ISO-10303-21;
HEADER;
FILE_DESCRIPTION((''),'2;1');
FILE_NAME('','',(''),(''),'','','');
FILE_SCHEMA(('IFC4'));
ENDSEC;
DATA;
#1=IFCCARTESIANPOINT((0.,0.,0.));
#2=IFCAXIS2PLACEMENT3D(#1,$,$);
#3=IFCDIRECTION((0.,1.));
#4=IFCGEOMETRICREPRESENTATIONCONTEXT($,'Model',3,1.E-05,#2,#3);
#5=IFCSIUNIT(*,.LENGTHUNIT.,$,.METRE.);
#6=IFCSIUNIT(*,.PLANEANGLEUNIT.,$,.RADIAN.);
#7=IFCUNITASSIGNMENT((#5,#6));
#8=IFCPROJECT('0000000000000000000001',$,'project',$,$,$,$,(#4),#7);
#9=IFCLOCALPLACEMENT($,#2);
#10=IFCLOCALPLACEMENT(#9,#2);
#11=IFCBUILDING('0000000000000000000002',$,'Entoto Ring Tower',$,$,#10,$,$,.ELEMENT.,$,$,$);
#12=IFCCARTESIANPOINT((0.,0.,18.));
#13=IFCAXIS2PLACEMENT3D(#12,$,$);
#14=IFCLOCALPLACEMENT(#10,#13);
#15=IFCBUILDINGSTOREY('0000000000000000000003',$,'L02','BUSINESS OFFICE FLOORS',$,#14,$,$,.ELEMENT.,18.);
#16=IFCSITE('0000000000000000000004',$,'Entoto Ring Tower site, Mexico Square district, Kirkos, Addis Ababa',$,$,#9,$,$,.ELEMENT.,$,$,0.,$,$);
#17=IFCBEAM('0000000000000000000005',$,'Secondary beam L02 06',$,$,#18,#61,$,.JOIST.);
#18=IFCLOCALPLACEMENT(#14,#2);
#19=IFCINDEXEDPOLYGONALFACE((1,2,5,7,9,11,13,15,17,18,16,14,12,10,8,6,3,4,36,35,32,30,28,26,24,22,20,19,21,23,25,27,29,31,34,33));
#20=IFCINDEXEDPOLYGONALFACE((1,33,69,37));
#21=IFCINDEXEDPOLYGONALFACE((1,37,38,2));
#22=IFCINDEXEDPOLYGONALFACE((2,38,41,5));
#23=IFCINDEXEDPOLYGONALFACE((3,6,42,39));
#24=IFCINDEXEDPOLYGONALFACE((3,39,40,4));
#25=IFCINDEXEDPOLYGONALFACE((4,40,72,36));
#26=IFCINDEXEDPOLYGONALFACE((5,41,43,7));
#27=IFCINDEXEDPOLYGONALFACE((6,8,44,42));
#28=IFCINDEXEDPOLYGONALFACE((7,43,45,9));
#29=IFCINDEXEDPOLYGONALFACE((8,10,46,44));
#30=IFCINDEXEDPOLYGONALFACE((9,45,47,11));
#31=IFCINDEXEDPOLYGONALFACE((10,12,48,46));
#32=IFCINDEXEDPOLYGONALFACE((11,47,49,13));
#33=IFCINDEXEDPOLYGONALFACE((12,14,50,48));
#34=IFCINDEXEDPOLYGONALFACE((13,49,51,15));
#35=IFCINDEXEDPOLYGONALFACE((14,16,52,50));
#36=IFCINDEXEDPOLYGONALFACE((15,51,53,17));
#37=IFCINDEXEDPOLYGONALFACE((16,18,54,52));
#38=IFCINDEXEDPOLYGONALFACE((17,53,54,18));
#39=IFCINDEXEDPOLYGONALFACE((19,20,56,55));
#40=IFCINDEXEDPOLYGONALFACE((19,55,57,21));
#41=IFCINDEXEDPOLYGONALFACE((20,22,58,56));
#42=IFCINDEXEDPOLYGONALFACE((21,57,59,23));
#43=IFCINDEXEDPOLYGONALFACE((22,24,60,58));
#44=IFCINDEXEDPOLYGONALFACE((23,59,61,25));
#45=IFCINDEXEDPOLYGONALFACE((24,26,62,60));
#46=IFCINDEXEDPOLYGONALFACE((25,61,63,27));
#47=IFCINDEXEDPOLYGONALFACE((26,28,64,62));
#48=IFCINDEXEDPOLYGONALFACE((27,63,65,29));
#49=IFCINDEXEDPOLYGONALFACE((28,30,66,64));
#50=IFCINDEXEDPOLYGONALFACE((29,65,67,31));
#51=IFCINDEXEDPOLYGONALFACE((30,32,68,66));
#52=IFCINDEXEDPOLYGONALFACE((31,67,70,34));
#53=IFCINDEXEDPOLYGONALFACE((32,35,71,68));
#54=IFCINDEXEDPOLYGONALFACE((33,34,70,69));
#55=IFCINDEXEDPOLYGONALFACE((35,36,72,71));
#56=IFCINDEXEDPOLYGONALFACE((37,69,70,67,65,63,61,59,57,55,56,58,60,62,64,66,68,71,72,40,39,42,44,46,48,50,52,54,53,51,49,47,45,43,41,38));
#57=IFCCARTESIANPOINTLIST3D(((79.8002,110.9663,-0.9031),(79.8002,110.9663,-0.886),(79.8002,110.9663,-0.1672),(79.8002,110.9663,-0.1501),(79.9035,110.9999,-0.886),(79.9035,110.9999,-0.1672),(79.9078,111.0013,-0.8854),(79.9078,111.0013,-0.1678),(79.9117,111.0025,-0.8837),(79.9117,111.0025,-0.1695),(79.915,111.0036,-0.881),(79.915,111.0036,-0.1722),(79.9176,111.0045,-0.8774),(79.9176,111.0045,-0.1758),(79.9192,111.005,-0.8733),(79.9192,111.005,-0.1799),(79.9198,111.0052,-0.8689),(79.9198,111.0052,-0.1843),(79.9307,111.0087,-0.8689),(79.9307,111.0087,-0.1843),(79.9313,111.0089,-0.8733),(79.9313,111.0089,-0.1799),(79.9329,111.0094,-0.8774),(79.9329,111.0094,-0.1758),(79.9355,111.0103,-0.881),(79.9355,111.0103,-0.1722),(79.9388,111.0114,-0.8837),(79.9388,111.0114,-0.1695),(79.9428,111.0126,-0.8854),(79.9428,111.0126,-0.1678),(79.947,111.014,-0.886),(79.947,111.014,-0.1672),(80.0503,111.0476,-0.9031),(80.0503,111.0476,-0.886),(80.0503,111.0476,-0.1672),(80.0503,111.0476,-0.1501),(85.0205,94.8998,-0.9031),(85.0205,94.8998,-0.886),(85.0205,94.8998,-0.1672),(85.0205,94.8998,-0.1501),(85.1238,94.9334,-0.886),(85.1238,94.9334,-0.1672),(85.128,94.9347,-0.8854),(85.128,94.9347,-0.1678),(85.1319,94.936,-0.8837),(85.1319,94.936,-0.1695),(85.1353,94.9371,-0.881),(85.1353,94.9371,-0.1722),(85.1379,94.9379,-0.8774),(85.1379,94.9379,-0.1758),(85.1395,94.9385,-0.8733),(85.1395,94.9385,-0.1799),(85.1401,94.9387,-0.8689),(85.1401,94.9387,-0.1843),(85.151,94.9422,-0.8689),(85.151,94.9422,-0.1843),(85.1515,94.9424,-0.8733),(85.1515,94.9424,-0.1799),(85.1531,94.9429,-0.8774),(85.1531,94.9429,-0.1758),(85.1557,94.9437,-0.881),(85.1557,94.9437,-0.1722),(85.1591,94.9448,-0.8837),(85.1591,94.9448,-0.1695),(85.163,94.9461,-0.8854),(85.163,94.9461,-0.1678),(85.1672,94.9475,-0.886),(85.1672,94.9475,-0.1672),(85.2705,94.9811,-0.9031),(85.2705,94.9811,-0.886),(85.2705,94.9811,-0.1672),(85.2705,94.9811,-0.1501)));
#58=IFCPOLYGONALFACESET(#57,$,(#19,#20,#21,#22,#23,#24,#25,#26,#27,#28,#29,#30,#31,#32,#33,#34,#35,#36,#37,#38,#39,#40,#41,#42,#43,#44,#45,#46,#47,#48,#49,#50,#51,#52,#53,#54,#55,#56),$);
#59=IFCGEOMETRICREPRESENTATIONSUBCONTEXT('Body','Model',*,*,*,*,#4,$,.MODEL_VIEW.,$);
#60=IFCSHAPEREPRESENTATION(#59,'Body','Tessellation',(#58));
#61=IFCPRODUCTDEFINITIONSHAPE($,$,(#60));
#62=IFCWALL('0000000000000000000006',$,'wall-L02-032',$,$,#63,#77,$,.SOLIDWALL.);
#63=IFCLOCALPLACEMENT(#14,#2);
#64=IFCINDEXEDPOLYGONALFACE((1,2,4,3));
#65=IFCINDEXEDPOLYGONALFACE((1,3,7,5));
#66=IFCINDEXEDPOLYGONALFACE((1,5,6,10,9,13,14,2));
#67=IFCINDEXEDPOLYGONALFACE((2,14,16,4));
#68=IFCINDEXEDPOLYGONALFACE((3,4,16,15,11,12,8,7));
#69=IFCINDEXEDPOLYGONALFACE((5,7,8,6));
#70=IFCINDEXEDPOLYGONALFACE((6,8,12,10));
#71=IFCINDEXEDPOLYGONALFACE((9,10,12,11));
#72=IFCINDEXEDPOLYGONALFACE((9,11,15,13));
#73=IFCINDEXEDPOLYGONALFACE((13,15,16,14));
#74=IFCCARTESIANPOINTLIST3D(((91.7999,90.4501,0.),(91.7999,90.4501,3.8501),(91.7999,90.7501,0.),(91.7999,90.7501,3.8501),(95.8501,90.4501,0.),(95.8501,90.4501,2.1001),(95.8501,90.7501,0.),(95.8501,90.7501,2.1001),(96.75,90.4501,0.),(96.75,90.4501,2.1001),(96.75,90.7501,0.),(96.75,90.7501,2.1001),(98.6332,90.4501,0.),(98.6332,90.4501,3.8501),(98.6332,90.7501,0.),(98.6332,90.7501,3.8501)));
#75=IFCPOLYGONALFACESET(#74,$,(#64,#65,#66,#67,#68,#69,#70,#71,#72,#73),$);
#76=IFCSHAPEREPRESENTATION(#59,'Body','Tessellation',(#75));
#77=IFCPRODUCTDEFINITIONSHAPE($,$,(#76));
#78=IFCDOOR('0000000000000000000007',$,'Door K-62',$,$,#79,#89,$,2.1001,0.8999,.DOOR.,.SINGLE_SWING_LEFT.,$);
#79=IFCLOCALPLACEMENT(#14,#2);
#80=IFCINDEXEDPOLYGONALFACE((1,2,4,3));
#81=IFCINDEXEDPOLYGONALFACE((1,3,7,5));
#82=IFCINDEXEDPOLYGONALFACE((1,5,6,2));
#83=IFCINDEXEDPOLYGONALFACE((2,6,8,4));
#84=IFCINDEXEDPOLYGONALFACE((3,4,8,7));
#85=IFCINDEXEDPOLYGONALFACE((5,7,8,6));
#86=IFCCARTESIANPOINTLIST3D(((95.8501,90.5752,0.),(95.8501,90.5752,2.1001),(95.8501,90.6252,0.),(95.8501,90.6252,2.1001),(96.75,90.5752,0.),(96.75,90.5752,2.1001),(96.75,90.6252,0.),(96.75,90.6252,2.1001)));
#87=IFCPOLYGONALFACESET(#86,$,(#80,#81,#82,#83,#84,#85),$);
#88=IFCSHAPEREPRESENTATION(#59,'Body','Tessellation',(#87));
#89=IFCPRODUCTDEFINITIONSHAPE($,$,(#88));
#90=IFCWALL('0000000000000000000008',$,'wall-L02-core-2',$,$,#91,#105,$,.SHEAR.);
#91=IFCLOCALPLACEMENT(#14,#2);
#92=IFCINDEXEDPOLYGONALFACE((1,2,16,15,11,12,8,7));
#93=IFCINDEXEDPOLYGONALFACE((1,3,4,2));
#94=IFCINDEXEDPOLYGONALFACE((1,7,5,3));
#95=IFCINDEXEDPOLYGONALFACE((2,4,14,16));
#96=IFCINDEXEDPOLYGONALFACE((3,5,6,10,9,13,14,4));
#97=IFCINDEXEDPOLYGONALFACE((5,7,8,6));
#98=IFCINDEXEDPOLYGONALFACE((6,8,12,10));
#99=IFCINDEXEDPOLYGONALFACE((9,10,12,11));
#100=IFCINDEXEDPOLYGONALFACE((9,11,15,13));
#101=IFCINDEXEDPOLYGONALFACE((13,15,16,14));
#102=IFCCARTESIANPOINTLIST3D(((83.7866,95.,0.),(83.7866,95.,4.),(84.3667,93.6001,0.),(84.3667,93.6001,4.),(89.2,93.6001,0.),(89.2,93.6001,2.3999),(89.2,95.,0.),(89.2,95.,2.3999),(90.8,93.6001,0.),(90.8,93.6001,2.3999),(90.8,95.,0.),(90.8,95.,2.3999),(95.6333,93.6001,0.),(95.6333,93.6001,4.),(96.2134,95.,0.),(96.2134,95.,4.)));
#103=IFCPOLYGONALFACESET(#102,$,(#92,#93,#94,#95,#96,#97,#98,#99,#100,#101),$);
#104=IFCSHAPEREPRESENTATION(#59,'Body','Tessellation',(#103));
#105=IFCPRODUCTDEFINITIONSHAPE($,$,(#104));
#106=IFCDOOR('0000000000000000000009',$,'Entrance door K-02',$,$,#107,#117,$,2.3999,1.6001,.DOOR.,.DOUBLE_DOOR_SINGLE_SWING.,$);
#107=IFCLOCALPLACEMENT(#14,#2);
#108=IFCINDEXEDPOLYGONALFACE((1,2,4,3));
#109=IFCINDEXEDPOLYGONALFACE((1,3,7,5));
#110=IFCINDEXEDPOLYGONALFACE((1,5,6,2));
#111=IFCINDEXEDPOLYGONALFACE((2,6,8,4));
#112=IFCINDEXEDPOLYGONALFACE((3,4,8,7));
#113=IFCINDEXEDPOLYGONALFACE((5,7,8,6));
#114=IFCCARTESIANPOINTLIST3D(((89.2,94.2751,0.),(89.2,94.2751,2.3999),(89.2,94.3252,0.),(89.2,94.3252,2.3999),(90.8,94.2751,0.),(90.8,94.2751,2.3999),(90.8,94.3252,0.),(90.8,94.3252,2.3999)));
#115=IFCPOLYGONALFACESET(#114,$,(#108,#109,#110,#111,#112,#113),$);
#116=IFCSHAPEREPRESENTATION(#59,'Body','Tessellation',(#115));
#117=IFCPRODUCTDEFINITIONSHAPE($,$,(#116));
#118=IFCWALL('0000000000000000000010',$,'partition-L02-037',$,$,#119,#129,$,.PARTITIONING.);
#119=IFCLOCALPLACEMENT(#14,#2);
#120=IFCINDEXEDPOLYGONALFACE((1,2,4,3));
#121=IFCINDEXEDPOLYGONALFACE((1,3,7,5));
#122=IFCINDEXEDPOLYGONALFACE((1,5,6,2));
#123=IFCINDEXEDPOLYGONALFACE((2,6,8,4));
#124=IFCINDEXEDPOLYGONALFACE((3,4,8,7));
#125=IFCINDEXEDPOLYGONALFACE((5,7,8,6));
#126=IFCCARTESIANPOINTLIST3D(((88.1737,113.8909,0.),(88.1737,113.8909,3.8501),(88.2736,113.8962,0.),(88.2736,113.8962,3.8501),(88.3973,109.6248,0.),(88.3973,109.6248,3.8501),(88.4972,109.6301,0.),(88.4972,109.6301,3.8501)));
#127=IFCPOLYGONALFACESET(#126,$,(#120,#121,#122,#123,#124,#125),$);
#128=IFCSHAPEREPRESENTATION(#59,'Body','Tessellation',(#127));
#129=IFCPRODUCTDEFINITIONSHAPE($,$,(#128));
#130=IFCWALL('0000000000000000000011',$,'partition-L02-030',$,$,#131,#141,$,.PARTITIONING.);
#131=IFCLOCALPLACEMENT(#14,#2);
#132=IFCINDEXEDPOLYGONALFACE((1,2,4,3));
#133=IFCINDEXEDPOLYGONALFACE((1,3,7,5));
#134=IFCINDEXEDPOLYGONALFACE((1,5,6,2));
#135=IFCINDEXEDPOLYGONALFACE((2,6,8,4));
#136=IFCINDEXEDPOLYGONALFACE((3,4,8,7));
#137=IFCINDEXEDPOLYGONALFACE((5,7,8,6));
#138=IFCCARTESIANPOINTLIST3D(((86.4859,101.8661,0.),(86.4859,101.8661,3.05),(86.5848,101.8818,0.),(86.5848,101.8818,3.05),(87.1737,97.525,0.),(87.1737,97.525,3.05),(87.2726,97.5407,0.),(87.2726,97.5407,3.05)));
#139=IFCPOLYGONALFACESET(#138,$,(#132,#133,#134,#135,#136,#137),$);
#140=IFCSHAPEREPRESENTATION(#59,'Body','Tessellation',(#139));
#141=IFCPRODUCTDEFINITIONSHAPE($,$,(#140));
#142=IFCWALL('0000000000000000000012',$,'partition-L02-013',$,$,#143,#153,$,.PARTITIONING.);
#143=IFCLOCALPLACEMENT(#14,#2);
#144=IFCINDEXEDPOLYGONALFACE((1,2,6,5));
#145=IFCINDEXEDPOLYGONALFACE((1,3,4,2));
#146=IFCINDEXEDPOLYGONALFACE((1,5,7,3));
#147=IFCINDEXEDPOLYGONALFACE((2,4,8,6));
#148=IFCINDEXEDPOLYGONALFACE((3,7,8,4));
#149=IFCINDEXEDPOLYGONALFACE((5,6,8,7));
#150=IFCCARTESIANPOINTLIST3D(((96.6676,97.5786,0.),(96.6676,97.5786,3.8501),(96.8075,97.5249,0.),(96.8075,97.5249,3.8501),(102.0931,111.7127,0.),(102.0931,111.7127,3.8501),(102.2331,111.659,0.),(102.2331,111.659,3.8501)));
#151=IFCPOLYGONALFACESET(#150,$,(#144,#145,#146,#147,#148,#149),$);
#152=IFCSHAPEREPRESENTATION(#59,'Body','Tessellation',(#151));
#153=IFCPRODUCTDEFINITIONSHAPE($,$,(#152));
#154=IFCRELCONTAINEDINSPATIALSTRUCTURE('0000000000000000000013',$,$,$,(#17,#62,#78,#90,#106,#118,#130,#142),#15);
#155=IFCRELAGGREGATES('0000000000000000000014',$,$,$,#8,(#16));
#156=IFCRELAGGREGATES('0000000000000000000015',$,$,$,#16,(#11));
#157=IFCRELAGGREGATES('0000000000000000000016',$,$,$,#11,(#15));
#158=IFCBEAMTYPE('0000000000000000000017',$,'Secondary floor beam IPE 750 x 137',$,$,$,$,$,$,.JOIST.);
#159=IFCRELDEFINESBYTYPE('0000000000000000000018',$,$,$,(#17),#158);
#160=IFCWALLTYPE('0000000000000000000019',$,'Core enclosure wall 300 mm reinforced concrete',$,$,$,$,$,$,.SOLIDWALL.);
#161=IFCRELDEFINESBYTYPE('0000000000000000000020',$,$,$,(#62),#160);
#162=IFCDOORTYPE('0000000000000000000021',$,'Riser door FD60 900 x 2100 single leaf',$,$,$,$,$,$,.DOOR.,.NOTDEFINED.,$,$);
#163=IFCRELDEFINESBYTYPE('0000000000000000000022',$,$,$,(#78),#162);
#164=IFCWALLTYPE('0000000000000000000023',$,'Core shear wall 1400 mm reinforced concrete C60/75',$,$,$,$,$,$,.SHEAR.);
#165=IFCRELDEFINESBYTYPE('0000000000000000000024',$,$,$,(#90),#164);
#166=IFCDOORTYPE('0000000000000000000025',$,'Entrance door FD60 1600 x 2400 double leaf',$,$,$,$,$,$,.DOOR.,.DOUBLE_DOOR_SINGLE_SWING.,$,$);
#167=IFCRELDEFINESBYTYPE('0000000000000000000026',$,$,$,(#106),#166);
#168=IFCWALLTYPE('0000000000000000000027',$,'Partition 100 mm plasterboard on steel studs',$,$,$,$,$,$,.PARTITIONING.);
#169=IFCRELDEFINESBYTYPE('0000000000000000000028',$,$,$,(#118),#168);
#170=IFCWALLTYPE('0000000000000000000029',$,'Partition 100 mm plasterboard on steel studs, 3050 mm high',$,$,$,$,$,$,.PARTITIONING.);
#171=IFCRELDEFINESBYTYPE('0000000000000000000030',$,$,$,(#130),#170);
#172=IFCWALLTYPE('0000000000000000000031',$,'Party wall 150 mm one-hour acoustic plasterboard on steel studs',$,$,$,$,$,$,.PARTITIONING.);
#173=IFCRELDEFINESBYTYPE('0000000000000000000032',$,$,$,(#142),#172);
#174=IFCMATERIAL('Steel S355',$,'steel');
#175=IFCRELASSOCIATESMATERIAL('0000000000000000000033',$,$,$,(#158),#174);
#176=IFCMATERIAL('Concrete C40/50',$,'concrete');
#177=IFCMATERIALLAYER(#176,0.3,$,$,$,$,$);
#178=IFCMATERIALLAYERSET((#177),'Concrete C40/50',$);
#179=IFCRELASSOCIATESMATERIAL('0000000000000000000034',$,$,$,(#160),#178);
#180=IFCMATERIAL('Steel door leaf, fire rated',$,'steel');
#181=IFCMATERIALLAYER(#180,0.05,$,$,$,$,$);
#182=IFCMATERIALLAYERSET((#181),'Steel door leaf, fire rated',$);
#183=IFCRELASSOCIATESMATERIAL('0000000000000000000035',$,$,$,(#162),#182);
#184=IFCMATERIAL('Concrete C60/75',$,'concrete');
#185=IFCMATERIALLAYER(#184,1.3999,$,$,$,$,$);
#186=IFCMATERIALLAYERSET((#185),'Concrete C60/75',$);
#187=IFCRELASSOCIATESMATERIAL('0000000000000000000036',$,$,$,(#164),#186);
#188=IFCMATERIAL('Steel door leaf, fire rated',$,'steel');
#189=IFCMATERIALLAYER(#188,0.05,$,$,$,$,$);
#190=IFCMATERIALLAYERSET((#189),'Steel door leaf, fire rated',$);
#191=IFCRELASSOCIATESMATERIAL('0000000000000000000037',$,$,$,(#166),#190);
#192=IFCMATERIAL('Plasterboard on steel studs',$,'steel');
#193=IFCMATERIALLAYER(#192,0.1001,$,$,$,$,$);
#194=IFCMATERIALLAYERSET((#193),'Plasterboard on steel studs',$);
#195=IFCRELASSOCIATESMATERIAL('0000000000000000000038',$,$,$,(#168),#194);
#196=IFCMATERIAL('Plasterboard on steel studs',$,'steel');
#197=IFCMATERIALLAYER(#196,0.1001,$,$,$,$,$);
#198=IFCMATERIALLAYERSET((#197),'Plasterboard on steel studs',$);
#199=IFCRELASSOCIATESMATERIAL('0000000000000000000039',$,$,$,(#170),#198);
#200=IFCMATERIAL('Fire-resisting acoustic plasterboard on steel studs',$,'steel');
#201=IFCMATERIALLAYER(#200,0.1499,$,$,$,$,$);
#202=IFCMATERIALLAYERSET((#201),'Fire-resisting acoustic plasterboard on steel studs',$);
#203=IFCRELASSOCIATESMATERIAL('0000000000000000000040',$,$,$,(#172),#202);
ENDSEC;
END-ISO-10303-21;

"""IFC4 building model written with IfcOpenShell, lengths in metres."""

from ifc_helpers import new_model, si_unit, direction, frame, frame_2d, origin, origin_2d, place, context, subcontext, project, spatial, polyline, rectangle, i_section, outline, extrude, material, layer, layer_set, material_profile, profile_set, type_object, element, fill, save


model = new_model("IFC4")

# Units and contexts
model_context = context("Model", 3, precision=1e-05, world=origin(), true_north=direction((0.0, 1.0)))
body_context = subcontext(model_context, "Body", "Model", "MODEL_VIEW")
ifc_project = project(units=[si_unit("LENGTHUNIT", "METRE"), si_unit("PLANEANGLEUNIT", "RADIAN")], contexts=[model_context])

# Site, building, storey
site_placement = place(None, origin())
site = spatial("IfcSite", under=ifc_project, at=site_placement, Name="Entoto Ring Tower site, Mexico Square district, Kirkos, Addis Ababa", CompositionType="ELEMENT", RefElevation=0.0)
building_placement = place(site_placement, origin())
building = spatial("IfcBuilding", under=site, at=building_placement, Name="Entoto Ring Tower", CompositionType="ELEMENT")
storey_placement = place(building_placement, frame((0.0, 0.0, 18.0)))
storey = spatial("IfcBuildingStorey", under=building, at=storey_placement, Name="L02", Description="BUSINESS OFFICE FLOORS", CompositionType="ELEMENT", Elevation=18.0)

# Beam
ifc_material_1 = material(Name="Steel S355", Category="steel")
ifc_material_profile_1 = material_profile(ifc_material_1, i_section(OverallWidth=0.2629, OverallDepth=0.7529, WebThickness=0.0115, FlangeThickness=0.0171, FilletRadius=0.0171, at=origin_2d()), Name="IPE 750 x 137")
ifc_profile_set_1 = profile_set([ifc_material_profile_1], Name="Steel S355")
beam_type_1 = type_object("IfcBeamType", Name="Secondary floor beam IPE 750 x 137", PredefinedType="JOIST", material=ifc_profile_set_1)
beam_1_placement = place(storey_placement, frame((85.1455, 94.9404, -0.5266), z_axis=(-0.309013, 0.951058, 0.0), x_axis=(-0.951058, -0.309013, 0.0)))
element("IfcBeam", 1, at=beam_1_placement, inside=storey, type_object=beam_type_1, Name="Secondary beam L02 06", PredefinedType="JOIST", context=body_context, shape_type="SweptSolid", body=[
    extrude(i_section(OverallWidth=0.2629, OverallDepth=0.7529, WebThickness=0.0115, FlangeThickness=0.0171, FilletRadius=0.0171, at=origin_2d()), origin(), (0.0, 0.0, 1.0), 16.8933),
])

# Walls, openings, doors
ifc_material_2 = material(Name="Concrete C40/50", Category="concrete")
ifc_layer_1 = layer(ifc_material_2, 0.3)
ifc_layer_set_1 = layer_set([ifc_layer_1], Name="Concrete C40/50")
wall_type_1 = type_object("IfcWallType", Name="Core enclosure wall 300 mm reinforced concrete", PredefinedType="SOLIDWALL", material=ifc_layer_set_1)
wall_1_placement = place(storey_placement, frame((91.8, 90.6001, 0.0), z_axis=(0.0, 0.0, 1.0), x_axis=(1.0, 0.0, 0.0)))
wall_1 = element("IfcWall", 2, at=wall_1_placement, inside=storey, type_object=wall_type_1, Name="wall-L02-032", PredefinedType="SOLIDWALL", context=body_context, shape_type="SweptSolid", body=[
    extrude(rectangle(XDim=6.8333, YDim=0.3, at=frame_2d((3.4165, 0.0))), origin(), (0.0, 0.0, 1.0), 3.8501),
])
opening_1_placement = place(wall_1_placement, frame((4.05, 0.0, 0.0)))
opening_1 = element("IfcOpeningElement", 3, at=opening_1_placement, cuts=wall_1, PredefinedType="OPENING", context=body_context, shape_type="SweptSolid", body=[
    extrude(rectangle(XDim=0.8999, YDim=2.1001, at=frame_2d((0.45, 1.05))), frame((0.0, 0.1602, 0.0), z_axis=(0.0, -1.0, 0.0), x_axis=(1.0, 0.0, 0.0)), (0.0, 0.0, 1.0), 0.3201),
])
ifc_material_3 = material(Name="Steel door leaf, fire rated", Category="steel")
ifc_layer_2 = layer(ifc_material_3, 0.05)
ifc_layer_set_2 = layer_set([ifc_layer_2], Name="Steel door leaf, fire rated")
door_type_1 = type_object("IfcDoorType", Name="Riser door FD60 900 x 2100 single leaf", OperationType="NOTDEFINED", PredefinedType="DOOR", material=ifc_layer_set_2)
door_1_placement = place(opening_1_placement, frame((0.8999, 0.0, 0.0), z_axis=(0.0, 0.0, 1.0), x_axis=(-1.0, 0.0, 0.0)))
door_1 = element("IfcDoor", 4, at=door_1_placement, inside=storey, type_object=door_type_1, Name="Door K-62", OperationType="SINGLE_SWING_LEFT", OverallHeight=2.1001, OverallWidth=0.8999, PredefinedType="DOOR", context=body_context, shape_type="SweptSolid", body=[
    extrude(rectangle(XDim=0.8999, YDim=2.1001, at=frame_2d((0.45, 1.05))), frame((0.0, 0.0249, 0.0), z_axis=(0.0, -1.0, 0.0), x_axis=(1.0, 0.0, 0.0)), (0.0, 0.0, 1.0), 0.05),
])
fill(opening_1, door_1)
ifc_material_4 = material(Name="Concrete C60/75", Category="concrete")
ifc_layer_3 = layer(ifc_material_4, 1.3999)
ifc_layer_set_3 = layer_set([ifc_layer_3], Name="Concrete C60/75")
wall_type_2 = type_object("IfcWallType", Name="Core shear wall 1400 mm reinforced concrete C60/75", PredefinedType="SHEAR", material=ifc_layer_set_3)
wall_2_placement = place(storey_placement, frame((95.9233, 94.3, 0.0), z_axis=(0.0, 0.0, 1.0), x_axis=(-1.0, 0.0, 0.0)))
wall_2 = element("IfcWall", 5, at=wall_2_placement, inside=storey, type_object=wall_type_2, Name="wall-L02-core-2", PredefinedType="SHEAR", context=body_context, shape_type="SweptSolid", body=[
    extrude(outline(polyline([(-0.29, -0.7), (12.1367, -0.7), (11.5566, 0.7), (0.29, 0.7), (-0.29, -0.7)])), origin(), (0.0, 0.0, 1.0), 4.0),
])
opening_2_placement = place(wall_2_placement, frame((5.1233, 0.0, 0.0)))
opening_2 = element("IfcOpeningElement", 6, at=opening_2_placement, cuts=wall_2, PredefinedType="OPENING", context=body_context, shape_type="SweptSolid", body=[
    extrude(rectangle(XDim=1.6001, YDim=2.3999, at=frame_2d((0.8, 1.2))), frame((0.0, 0.71, 0.0), z_axis=(0.0, -1.0, 0.0), x_axis=(1.0, 0.0, 0.0)), (0.0, 0.0, 1.0), 1.4199),
])
ifc_material_5 = material(Name="Steel door leaf, fire rated", Category="steel")
ifc_layer_4 = layer(ifc_material_5, 0.05)
ifc_layer_set_4 = layer_set([ifc_layer_4], Name="Steel door leaf, fire rated")
door_type_2 = type_object("IfcDoorType", Name="Entrance door FD60 1600 x 2400 double leaf", OperationType="DOUBLE_DOOR_SINGLE_SWING", PredefinedType="DOOR", material=ifc_layer_set_4)
door_2_placement = place(opening_2_placement, origin())
door_2 = element("IfcDoor", 7, at=door_2_placement, inside=storey, type_object=door_type_2, Name="Entrance door K-02", OperationType="DOUBLE_DOOR_SINGLE_SWING", OverallHeight=2.3999, OverallWidth=1.6001, PredefinedType="DOOR", context=body_context, shape_type="SweptSolid", body=[
    extrude(rectangle(XDim=1.6001, YDim=2.3999, at=frame_2d((0.8, 1.2))), frame((0.0, 0.0249, 0.0), z_axis=(0.0, -1.0, 0.0), x_axis=(1.0, 0.0, 0.0)), (0.0, 0.0, 1.0), 0.05),
])
fill(opening_2, door_2)

# Walls
ifc_material_6 = material(Name="Plasterboard on steel studs", Category="steel")
ifc_layer_5 = layer(ifc_material_6, 0.1001)
ifc_layer_set_5 = layer_set([ifc_layer_5], Name="Plasterboard on steel studs")
wall_type_3 = type_object("IfcWallType", Name="Partition 100 mm plasterboard on steel studs", PredefinedType="PARTITIONING", material=ifc_layer_set_5)
wall_3_placement = place(storey_placement, frame((88.4473, 109.6274, 0.0), z_axis=(0.0, 0.0, 1.0), x_axis=(-0.052349, 0.998629, 0.0)))
element("IfcWall", 8, at=wall_3_placement, inside=storey, type_object=wall_type_3, Name="partition-L02-037", PredefinedType="PARTITIONING", context=body_context, shape_type="SweptSolid", body=[
    extrude(rectangle(XDim=4.272, YDim=0.1001, at=frame_2d((2.136, 0.0))), origin(), (0.0, 0.0, 1.0), 3.8501),
])
ifc_material_7 = material(Name="Plasterboard on steel studs", Category="steel")
ifc_layer_6 = layer(ifc_material_7, 0.1001)
ifc_layer_set_6 = layer_set([ifc_layer_6], Name="Plasterboard on steel studs")
wall_type_4 = type_object("IfcWallType", Name="Partition 100 mm plasterboard on steel studs, 3050 mm high", PredefinedType="PARTITIONING", material=ifc_layer_set_6)
wall_4_placement = place(storey_placement, frame((87.2231, 97.5327, 0.0), z_axis=(0.0, 0.0, 1.0), x_axis=(-0.156476, 0.987682, 0.0)))
element("IfcWall", 9, at=wall_4_placement, inside=storey, type_object=wall_type_4, Name="partition-L02-030", PredefinedType="PARTITIONING", context=body_context, shape_type="SweptSolid", body=[
    extrude(rectangle(XDim=4.3953, YDim=0.1001, at=frame_2d((2.1978, 0.0))), origin(), (0.0, 0.0, 1.0), 3.05),
])
ifc_material_8 = material(Name="Fire-resisting acoustic plasterboard on steel studs", Category="steel")
ifc_layer_7 = layer(ifc_material_8, 0.1499)
ifc_layer_set_7 = layer_set([ifc_layer_7], Name="Fire-resisting acoustic plasterboard on steel studs")
wall_type_5 = type_object("IfcWallType", Name="Party wall 150 mm one-hour acoustic plasterboard on steel studs", PredefinedType="PARTITIONING", material=ifc_layer_set_7)
wall_5_placement = place(storey_placement, frame((96.7375, 97.5518, 0.0), z_axis=(0.0, 0.0, 1.0), x_axis=(0.358367, 0.933581, 0.0)))
element("IfcWall", 10, at=wall_5_placement, inside=storey, type_object=wall_type_5, Name="partition-L02-013", PredefinedType="PARTITIONING", context=body_context, shape_type="SweptSolid", body=[
    extrude(rectangle(XDim=15.1396, YDim=0.1499, at=frame_2d((7.5698, 0.0))), origin(), (0.0, 0.0, 1.0), 3.8501),
])

save(model, "model.ifc")
